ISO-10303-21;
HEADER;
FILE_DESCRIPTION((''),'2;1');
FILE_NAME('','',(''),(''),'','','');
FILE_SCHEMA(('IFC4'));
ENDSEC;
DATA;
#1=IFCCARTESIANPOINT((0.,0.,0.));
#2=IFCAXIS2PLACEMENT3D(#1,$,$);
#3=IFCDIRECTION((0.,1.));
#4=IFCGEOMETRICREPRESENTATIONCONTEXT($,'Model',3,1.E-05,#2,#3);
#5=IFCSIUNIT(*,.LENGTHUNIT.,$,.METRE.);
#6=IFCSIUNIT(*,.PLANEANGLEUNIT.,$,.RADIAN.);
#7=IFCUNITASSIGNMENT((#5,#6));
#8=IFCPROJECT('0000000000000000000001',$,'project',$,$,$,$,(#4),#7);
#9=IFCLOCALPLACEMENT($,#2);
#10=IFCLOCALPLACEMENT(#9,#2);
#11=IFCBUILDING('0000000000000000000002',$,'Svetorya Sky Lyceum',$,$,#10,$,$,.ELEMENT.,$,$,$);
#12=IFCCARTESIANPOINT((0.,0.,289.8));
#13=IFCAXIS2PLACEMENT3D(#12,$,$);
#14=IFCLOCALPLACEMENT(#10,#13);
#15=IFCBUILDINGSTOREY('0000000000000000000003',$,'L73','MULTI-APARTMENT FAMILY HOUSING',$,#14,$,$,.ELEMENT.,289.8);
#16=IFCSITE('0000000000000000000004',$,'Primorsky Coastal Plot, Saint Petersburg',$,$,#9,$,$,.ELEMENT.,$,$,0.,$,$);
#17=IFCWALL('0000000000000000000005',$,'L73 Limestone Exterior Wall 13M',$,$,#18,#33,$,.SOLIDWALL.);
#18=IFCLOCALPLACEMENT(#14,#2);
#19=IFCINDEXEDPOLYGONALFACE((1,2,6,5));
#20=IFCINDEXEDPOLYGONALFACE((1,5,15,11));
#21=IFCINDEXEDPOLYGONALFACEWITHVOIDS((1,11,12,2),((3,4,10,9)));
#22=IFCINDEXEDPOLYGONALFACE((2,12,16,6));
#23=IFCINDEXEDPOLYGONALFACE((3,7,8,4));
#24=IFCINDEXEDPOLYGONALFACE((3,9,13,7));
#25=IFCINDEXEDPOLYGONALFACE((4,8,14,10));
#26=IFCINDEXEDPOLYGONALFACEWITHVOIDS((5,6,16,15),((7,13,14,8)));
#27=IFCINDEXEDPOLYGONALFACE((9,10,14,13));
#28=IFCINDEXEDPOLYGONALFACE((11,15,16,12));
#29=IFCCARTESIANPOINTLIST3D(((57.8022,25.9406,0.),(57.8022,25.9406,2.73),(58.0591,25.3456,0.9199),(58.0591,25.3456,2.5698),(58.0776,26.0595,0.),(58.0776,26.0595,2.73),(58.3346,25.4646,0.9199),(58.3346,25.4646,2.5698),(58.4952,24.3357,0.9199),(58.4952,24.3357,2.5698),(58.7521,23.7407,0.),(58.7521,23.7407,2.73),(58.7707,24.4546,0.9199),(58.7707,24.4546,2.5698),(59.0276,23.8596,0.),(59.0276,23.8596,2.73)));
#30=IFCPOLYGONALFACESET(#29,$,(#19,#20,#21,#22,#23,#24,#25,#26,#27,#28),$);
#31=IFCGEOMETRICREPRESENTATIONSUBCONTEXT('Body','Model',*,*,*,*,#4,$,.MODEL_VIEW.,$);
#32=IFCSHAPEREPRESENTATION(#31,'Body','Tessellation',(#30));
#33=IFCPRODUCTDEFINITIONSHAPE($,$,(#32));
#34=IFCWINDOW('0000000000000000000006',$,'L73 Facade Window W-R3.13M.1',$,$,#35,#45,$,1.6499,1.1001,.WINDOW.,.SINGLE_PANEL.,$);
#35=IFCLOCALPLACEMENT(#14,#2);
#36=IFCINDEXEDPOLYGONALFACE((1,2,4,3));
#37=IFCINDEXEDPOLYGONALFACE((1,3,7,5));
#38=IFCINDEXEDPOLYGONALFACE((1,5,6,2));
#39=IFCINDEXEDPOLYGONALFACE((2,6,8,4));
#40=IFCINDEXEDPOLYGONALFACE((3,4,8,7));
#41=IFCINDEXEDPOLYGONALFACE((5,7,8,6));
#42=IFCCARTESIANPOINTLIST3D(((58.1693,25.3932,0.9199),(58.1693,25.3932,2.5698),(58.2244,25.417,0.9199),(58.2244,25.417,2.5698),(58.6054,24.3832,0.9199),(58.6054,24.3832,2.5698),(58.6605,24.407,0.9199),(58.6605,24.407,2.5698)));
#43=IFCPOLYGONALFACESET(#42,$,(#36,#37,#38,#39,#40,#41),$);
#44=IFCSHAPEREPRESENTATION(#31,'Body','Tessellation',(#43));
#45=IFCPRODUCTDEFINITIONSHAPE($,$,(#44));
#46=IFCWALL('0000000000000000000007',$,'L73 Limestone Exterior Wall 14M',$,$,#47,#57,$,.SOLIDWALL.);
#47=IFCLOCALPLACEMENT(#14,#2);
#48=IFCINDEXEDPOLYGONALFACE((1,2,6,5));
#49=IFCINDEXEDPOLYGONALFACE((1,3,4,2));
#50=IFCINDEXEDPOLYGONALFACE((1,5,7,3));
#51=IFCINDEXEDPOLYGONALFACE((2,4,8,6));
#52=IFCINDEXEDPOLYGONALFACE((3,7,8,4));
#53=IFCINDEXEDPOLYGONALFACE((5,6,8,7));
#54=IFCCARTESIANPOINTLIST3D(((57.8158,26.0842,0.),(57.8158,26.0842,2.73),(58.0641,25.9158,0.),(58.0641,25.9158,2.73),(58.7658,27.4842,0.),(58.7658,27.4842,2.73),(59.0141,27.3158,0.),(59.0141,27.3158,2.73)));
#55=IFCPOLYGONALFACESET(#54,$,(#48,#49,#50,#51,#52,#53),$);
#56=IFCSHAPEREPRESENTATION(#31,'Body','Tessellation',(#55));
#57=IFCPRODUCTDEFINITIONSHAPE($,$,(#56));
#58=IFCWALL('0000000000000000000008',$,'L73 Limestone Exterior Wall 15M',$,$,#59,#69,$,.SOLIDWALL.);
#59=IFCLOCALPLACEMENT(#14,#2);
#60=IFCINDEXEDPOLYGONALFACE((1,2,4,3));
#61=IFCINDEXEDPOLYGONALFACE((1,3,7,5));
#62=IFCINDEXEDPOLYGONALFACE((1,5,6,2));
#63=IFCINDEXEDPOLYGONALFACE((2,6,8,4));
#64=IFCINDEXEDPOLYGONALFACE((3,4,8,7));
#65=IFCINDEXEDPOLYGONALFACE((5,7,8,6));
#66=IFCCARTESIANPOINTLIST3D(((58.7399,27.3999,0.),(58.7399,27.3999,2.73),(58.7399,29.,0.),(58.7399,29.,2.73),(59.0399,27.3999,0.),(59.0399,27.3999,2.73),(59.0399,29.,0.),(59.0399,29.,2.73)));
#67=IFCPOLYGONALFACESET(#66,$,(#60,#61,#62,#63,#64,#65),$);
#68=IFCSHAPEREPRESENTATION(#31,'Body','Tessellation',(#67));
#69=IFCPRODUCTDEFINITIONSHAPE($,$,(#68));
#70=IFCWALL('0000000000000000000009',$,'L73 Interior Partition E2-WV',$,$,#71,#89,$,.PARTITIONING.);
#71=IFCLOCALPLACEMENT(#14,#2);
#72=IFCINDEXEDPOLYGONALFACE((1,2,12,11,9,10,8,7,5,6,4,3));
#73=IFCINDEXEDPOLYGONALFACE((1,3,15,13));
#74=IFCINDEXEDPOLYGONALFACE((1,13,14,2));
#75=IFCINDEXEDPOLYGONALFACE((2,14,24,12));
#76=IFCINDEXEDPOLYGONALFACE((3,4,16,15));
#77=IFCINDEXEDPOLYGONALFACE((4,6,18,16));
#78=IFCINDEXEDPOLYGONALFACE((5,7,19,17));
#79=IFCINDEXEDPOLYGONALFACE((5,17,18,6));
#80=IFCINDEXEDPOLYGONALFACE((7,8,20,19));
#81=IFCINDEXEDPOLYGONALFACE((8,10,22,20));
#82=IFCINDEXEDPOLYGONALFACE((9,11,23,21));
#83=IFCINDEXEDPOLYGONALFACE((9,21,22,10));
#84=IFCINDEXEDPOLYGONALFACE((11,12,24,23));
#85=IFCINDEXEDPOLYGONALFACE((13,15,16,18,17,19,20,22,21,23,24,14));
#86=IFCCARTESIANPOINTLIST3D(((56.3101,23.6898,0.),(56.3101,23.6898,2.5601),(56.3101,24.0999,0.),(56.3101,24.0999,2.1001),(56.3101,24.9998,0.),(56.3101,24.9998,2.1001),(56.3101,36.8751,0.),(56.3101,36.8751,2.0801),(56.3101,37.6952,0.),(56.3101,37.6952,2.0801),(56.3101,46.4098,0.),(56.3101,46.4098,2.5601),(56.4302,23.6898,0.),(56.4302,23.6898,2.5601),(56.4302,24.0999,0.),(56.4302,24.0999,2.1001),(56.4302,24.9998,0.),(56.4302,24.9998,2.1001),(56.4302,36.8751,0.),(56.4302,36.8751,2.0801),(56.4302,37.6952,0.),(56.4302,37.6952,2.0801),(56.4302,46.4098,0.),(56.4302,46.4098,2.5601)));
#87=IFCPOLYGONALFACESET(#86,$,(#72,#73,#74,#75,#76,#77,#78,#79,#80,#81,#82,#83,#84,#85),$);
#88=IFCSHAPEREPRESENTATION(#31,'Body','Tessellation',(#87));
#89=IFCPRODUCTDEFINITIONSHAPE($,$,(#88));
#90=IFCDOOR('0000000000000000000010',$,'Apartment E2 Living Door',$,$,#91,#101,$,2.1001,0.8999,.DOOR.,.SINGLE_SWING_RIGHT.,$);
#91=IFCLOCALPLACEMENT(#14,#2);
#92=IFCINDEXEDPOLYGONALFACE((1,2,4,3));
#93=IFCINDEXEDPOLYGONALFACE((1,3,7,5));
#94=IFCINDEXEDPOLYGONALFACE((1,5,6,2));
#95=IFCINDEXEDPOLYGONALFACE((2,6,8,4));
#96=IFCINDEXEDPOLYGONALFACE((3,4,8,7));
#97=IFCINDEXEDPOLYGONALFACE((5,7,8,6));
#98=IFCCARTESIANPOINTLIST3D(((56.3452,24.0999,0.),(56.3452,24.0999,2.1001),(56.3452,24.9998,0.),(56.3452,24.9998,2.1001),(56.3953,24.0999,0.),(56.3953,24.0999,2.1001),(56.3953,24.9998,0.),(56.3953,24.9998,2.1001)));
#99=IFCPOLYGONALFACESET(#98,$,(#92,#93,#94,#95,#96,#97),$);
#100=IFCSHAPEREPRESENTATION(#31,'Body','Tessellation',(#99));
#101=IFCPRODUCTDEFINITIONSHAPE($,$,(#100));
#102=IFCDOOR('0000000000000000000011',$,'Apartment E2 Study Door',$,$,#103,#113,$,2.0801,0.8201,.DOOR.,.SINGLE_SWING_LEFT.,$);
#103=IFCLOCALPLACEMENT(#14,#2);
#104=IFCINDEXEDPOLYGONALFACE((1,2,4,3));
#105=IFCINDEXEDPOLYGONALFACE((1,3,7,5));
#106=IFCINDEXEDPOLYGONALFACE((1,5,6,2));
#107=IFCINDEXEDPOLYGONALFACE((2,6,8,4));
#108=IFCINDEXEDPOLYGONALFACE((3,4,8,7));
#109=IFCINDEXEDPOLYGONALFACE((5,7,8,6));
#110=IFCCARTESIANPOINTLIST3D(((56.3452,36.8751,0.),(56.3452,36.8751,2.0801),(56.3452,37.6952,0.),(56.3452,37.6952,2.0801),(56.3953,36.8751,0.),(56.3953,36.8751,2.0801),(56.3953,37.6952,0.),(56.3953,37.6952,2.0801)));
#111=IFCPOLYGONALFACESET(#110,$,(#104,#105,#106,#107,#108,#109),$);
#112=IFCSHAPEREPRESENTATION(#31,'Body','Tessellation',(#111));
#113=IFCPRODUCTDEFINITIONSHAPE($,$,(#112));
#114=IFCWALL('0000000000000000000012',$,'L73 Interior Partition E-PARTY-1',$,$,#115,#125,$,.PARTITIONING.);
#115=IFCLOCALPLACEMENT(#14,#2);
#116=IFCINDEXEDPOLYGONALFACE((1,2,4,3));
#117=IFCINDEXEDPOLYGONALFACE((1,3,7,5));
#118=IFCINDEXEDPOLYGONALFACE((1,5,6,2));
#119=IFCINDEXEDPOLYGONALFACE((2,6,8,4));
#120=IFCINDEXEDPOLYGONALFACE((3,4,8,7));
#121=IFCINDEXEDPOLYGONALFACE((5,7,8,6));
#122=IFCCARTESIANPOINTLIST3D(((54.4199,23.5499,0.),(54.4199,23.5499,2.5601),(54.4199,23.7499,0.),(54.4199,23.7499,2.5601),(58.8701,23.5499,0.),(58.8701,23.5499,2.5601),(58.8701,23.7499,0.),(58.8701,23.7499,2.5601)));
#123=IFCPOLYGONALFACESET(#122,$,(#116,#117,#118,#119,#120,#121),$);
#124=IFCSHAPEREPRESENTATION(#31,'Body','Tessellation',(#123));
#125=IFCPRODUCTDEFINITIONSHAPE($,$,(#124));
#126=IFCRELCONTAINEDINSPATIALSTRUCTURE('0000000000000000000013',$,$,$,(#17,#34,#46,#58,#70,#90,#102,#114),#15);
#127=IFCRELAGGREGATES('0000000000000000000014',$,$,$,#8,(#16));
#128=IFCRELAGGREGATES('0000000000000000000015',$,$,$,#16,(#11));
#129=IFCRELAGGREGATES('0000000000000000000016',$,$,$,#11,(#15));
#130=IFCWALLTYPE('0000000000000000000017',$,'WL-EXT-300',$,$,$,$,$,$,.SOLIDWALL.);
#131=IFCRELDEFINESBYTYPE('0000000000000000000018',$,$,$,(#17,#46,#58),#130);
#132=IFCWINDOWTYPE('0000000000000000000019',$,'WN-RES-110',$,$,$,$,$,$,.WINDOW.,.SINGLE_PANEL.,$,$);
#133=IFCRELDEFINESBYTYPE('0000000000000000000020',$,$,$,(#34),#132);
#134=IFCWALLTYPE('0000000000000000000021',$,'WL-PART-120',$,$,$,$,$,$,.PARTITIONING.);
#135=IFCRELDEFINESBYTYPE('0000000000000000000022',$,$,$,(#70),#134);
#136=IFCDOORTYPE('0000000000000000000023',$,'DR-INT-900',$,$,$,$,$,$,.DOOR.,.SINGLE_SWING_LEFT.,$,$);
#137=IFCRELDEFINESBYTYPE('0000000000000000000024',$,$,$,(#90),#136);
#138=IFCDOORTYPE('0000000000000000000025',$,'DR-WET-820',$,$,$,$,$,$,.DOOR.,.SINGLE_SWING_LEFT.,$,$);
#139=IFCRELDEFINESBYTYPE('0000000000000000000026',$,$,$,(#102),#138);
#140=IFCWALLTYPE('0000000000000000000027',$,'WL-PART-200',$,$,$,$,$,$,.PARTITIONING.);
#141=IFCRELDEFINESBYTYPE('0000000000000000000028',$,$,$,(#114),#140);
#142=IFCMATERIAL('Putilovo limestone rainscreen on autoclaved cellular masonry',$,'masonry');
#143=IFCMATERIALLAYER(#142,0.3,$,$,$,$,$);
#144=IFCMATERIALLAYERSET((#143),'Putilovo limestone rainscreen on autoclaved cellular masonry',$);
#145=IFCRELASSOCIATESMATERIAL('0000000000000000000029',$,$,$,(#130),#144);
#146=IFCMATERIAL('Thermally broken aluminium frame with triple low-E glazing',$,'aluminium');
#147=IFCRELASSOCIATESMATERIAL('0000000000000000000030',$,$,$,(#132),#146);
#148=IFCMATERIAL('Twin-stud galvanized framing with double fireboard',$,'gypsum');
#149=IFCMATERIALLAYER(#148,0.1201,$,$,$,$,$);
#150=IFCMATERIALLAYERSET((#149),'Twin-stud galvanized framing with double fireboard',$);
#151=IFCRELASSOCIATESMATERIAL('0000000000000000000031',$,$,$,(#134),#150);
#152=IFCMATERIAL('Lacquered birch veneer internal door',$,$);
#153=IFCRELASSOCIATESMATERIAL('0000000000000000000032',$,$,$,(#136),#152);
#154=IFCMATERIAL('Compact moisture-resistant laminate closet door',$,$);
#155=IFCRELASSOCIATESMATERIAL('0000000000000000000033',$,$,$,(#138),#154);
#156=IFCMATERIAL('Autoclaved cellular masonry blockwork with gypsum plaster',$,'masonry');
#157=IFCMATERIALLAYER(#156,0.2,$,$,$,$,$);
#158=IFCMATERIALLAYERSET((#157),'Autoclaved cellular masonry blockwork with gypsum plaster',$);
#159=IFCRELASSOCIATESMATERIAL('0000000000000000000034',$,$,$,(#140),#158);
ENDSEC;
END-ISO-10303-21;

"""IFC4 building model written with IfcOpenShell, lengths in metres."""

from ifc_helpers import new_model, si_unit, direction, frame, frame_2d, origin, place, context, subcontext, project, spatial, rectangle, extrude, material, layer, layer_set, type_object, element, fill, save


model = new_model("IFC4")

# Units and contexts
model_context = context("Model", 3, precision=1e-05, world=origin(), true_north=direction((0.0, 1.0)))
body_context = subcontext(model_context, "Body", "Model", "MODEL_VIEW")
ifc_project = project(units=[si_unit("LENGTHUNIT", "METRE"), si_unit("PLANEANGLEUNIT", "RADIAN")], contexts=[model_context])

# Site, building, storey
site_placement = place(None, origin())
site = spatial("IfcSite", under=ifc_project, at=site_placement, Name="Primorsky Coastal Plot, Saint Petersburg", CompositionType="ELEMENT", RefElevation=0.0)
building_placement = place(site_placement, origin())
building = spatial("IfcBuilding", under=site, at=building_placement, Name="Svetorya Sky Lyceum", CompositionType="ELEMENT")
storey_placement = place(building_placement, frame((0.0, 0.0, 289.8)))
storey = spatial("IfcBuildingStorey", under=building, at=storey_placement, Name="L73", Description="MULTI-APARTMENT FAMILY HOUSING", CompositionType="ELEMENT", Elevation=289.8)

# Shared definitions
ifc_material_1 = material(Name="Putilovo limestone rainscreen on autoclaved cellular masonry", Category="masonry")
ifc_layer_1 = layer(ifc_material_1, 0.3)
ifc_layer_set_1 = layer_set([ifc_layer_1], Name="Putilovo limestone rainscreen on autoclaved cellular masonry")
wall_type_1 = type_object("IfcWallType", Name="WL-EXT-300", PredefinedType="SOLIDWALL", material=ifc_layer_set_1)

# Wall, opening, window
wall_1_placement = place(storey_placement, frame((58.8899, 23.8, 0.0), z_axis=(0.0, 0.0, 1.0), x_axis=(-0.396426, 0.918067, 0.0)))
wall_1 = element("IfcWall", 1, at=wall_1_placement, inside=storey, type_object=wall_type_1, Name="L73 Limestone Exterior Wall 13M", PredefinedType="SOLIDWALL", context=body_context, shape_type="SweptSolid", body=[
    extrude(rectangle(XDim=2.3962, YDim=0.3, at=frame_2d((1.1982, 0.0))), origin(), (0.0, 0.0, 1.0), 2.73),
])
opening_1_placement = place(wall_1_placement, frame((0.6482, 0.0, 0.9199)))
opening_1 = element("IfcOpeningElement", 2, at=opening_1_placement, cuts=wall_1, PredefinedType="OPENING", context=body_context, shape_type="SweptSolid", body=[
    extrude(rectangle(XDim=1.1001, YDim=1.6499, at=frame_2d((0.55, 0.825))), frame((0.0, 0.1599, 0.0), z_axis=(0.0, -1.0, 0.0), x_axis=(1.0, 0.0, 0.0)), (0.0, 0.0, 1.0), 0.3201),
])
ifc_material_2 = material(Name="Thermally broken aluminium frame with triple low-E glazing", Category="aluminium")
window_type = type_object("IfcWindowType", Name="WN-RES-110", PartitioningType="SINGLE_PANEL", PredefinedType="WINDOW", material=ifc_material_2)
window_placement = place(opening_1_placement, origin())
window = element("IfcWindow", 3, at=window_placement, inside=storey, type_object=window_type, Name="L73 Facade Window W-R3.13M.1", OverallHeight=1.6499, OverallWidth=1.1001, PartitioningType="SINGLE_PANEL", PredefinedType="WINDOW", context=body_context, shape_type="SweptSolid", body=[
    extrude(rectangle(XDim=1.1001, YDim=1.6499, at=frame_2d((0.55, 0.825))), frame((0.0, 0.03, 0.0), z_axis=(0.0, -1.0, 0.0), x_axis=(1.0, 0.0, 0.0)), (0.0, 0.0, 1.0), 0.0601),
])
fill(opening_1, window)

# Walls
wall_2_placement = place(storey_placement, frame((57.9399, 26.0, 0.0), z_axis=(0.0, 0.0, 1.0), x_axis=(0.561508, 0.827471, 0.0)))
element("IfcWall", 4, at=wall_2_placement, inside=storey, type_object=wall_type_1, Name="L73 Limestone Exterior Wall 14M", PredefinedType="SOLIDWALL", context=body_context, shape_type="SweptSolid", body=[
    extrude(rectangle(XDim=1.6919, YDim=0.3, at=frame_2d((0.8459, 0.0))), origin(), (0.0, 0.0, 1.0), 2.73),
])
wall_3_placement = place(storey_placement, frame((58.8899, 27.3999, 0.0), z_axis=(0.0, 0.0, 1.0), x_axis=(0.0, 1.0, 0.0)))
element("IfcWall", 5, at=wall_3_placement, inside=storey, type_object=wall_type_1, Name="L73 Limestone Exterior Wall 15M", PredefinedType="SOLIDWALL", context=body_context, shape_type="SweptSolid", body=[
    extrude(rectangle(XDim=1.6001, YDim=0.3, at=frame_2d((0.8, 0.0))), origin(), (0.0, 0.0, 1.0), 2.73),
])

# Wall, openings, doors
ifc_material_3 = material(Name="Twin-stud galvanized framing with double fireboard", Category="gypsum")
ifc_layer_2 = layer(ifc_material_3, 0.1201)
ifc_layer_set_2 = layer_set([ifc_layer_2], Name="Twin-stud galvanized framing with double fireboard")
wall_type_2 = type_object("IfcWallType", Name="WL-PART-120", PredefinedType="PARTITIONING", material=ifc_layer_set_2)
wall_4_placement = place(storey_placement, frame((56.3701, 23.6899, 0.0), z_axis=(0.0, 0.0, 1.0), x_axis=(0.0, 1.0, 0.0)))
wall_4 = element("IfcWall", 6, at=wall_4_placement, inside=storey, type_object=wall_type_2, Name="L73 Interior Partition E2-WV", PredefinedType="PARTITIONING", context=body_context, shape_type="SweptSolid", body=[
    extrude(rectangle(XDim=22.72, YDim=0.1201, at=frame_2d((11.3599, 0.0))), origin(), (0.0, 0.0, 1.0), 2.5601),
])
opening_2_placement = place(wall_4_placement, frame((0.4099, 0.0, 0.0)))
opening_2 = element("IfcOpeningElement", 7, at=opening_2_placement, cuts=wall_4, PredefinedType="OPENING", context=body_context, shape_type="SweptSolid", body=[
    extrude(rectangle(XDim=0.8999, YDim=2.1001, at=frame_2d((0.45, 1.05))), frame((0.0, 0.0701, 0.0), z_axis=(0.0, -1.0, 0.0), x_axis=(1.0, 0.0, 0.0)), (0.0, 0.0, 1.0), 0.1401),
])
opening_3_placement = place(wall_4_placement, frame((13.1851, 0.0, 0.0)))
opening_3 = element("IfcOpeningElement", 8, at=opening_3_placement, cuts=wall_4, PredefinedType="OPENING", context=body_context, shape_type="SweptSolid", body=[
    extrude(rectangle(XDim=0.8201, YDim=2.0801, at=frame_2d((0.4102, 1.04))), frame((0.0, 0.0701, 0.0), z_axis=(0.0, -1.0, 0.0), x_axis=(1.0, 0.0, 0.0)), (0.0, 0.0, 1.0), 0.1401),
])
ifc_material_4 = material(Name="Lacquered birch veneer internal door")
door_type_1 = type_object("IfcDoorType", Name="DR-INT-900", OperationType="SINGLE_SWING_LEFT", PredefinedType="DOOR", material=ifc_material_4)
door_1_placement = place(opening_2_placement, origin())
door_1 = element("IfcDoor", 9, at=door_1_placement, inside=storey, type_object=door_type_1, Name="Apartment E2 Living Door", OperationType="SINGLE_SWING_RIGHT", OverallHeight=2.1001, OverallWidth=0.8999, PredefinedType="DOOR", context=body_context, shape_type="SweptSolid", body=[
    extrude(rectangle(XDim=0.8999, YDim=2.1001, at=frame_2d((0.45, 1.05))), frame((0.0, 0.0249, 0.0), z_axis=(0.0, -1.0, 0.0), x_axis=(1.0, 0.0, 0.0)), (0.0, 0.0, 1.0), 0.05),
])
fill(opening_2, door_1)
ifc_material_5 = material(Name="Compact moisture-resistant laminate closet door")
door_type_2 = type_object("IfcDoorType", Name="DR-WET-820", OperationType="SINGLE_SWING_LEFT", PredefinedType="DOOR", material=ifc_material_5)
door_2_placement = place(opening_3_placement, origin())
door_2 = element("IfcDoor", 10, at=door_2_placement, inside=storey, type_object=door_type_2, Name="Apartment E2 Study Door", OperationType="SINGLE_SWING_LEFT", OverallHeight=2.0801, OverallWidth=0.8201, PredefinedType="DOOR", context=body_context, shape_type="SweptSolid", body=[
    extrude(rectangle(XDim=0.8201, YDim=2.0801, at=frame_2d((0.4102, 1.04))), frame((0.0, 0.0249, 0.0), z_axis=(0.0, -1.0, 0.0), x_axis=(1.0, 0.0, 0.0)), (0.0, 0.0, 1.0), 0.05),
])
fill(opening_3, door_2)

# Wall
ifc_material_6 = material(Name="Autoclaved cellular masonry blockwork with gypsum plaster", Category="masonry")
ifc_layer_3 = layer(ifc_material_6, 0.2)
ifc_layer_set_3 = layer_set([ifc_layer_3], Name="Autoclaved cellular masonry blockwork with gypsum plaster")
wall_type_3 = type_object("IfcWallType", Name="WL-PART-200", PredefinedType="PARTITIONING", material=ifc_layer_set_3)
wall_5_placement = place(storey_placement, frame((54.4199, 23.6499, 0.0), z_axis=(0.0, 0.0, 1.0), x_axis=(1.0, 0.0, 0.0)))
element("IfcWall", 11, at=wall_5_placement, inside=storey, type_object=wall_type_3, Name="L73 Interior Partition E-PARTY-1", PredefinedType="PARTITIONING", context=body_context, shape_type="SweptSolid", body=[
    extrude(rectangle(XDim=4.4502, YDim=0.2, at=frame_2d((2.2251, 0.0))), origin(), (0.0, 0.0, 1.0), 2.5601),
])

save(model, "model.ifc")
